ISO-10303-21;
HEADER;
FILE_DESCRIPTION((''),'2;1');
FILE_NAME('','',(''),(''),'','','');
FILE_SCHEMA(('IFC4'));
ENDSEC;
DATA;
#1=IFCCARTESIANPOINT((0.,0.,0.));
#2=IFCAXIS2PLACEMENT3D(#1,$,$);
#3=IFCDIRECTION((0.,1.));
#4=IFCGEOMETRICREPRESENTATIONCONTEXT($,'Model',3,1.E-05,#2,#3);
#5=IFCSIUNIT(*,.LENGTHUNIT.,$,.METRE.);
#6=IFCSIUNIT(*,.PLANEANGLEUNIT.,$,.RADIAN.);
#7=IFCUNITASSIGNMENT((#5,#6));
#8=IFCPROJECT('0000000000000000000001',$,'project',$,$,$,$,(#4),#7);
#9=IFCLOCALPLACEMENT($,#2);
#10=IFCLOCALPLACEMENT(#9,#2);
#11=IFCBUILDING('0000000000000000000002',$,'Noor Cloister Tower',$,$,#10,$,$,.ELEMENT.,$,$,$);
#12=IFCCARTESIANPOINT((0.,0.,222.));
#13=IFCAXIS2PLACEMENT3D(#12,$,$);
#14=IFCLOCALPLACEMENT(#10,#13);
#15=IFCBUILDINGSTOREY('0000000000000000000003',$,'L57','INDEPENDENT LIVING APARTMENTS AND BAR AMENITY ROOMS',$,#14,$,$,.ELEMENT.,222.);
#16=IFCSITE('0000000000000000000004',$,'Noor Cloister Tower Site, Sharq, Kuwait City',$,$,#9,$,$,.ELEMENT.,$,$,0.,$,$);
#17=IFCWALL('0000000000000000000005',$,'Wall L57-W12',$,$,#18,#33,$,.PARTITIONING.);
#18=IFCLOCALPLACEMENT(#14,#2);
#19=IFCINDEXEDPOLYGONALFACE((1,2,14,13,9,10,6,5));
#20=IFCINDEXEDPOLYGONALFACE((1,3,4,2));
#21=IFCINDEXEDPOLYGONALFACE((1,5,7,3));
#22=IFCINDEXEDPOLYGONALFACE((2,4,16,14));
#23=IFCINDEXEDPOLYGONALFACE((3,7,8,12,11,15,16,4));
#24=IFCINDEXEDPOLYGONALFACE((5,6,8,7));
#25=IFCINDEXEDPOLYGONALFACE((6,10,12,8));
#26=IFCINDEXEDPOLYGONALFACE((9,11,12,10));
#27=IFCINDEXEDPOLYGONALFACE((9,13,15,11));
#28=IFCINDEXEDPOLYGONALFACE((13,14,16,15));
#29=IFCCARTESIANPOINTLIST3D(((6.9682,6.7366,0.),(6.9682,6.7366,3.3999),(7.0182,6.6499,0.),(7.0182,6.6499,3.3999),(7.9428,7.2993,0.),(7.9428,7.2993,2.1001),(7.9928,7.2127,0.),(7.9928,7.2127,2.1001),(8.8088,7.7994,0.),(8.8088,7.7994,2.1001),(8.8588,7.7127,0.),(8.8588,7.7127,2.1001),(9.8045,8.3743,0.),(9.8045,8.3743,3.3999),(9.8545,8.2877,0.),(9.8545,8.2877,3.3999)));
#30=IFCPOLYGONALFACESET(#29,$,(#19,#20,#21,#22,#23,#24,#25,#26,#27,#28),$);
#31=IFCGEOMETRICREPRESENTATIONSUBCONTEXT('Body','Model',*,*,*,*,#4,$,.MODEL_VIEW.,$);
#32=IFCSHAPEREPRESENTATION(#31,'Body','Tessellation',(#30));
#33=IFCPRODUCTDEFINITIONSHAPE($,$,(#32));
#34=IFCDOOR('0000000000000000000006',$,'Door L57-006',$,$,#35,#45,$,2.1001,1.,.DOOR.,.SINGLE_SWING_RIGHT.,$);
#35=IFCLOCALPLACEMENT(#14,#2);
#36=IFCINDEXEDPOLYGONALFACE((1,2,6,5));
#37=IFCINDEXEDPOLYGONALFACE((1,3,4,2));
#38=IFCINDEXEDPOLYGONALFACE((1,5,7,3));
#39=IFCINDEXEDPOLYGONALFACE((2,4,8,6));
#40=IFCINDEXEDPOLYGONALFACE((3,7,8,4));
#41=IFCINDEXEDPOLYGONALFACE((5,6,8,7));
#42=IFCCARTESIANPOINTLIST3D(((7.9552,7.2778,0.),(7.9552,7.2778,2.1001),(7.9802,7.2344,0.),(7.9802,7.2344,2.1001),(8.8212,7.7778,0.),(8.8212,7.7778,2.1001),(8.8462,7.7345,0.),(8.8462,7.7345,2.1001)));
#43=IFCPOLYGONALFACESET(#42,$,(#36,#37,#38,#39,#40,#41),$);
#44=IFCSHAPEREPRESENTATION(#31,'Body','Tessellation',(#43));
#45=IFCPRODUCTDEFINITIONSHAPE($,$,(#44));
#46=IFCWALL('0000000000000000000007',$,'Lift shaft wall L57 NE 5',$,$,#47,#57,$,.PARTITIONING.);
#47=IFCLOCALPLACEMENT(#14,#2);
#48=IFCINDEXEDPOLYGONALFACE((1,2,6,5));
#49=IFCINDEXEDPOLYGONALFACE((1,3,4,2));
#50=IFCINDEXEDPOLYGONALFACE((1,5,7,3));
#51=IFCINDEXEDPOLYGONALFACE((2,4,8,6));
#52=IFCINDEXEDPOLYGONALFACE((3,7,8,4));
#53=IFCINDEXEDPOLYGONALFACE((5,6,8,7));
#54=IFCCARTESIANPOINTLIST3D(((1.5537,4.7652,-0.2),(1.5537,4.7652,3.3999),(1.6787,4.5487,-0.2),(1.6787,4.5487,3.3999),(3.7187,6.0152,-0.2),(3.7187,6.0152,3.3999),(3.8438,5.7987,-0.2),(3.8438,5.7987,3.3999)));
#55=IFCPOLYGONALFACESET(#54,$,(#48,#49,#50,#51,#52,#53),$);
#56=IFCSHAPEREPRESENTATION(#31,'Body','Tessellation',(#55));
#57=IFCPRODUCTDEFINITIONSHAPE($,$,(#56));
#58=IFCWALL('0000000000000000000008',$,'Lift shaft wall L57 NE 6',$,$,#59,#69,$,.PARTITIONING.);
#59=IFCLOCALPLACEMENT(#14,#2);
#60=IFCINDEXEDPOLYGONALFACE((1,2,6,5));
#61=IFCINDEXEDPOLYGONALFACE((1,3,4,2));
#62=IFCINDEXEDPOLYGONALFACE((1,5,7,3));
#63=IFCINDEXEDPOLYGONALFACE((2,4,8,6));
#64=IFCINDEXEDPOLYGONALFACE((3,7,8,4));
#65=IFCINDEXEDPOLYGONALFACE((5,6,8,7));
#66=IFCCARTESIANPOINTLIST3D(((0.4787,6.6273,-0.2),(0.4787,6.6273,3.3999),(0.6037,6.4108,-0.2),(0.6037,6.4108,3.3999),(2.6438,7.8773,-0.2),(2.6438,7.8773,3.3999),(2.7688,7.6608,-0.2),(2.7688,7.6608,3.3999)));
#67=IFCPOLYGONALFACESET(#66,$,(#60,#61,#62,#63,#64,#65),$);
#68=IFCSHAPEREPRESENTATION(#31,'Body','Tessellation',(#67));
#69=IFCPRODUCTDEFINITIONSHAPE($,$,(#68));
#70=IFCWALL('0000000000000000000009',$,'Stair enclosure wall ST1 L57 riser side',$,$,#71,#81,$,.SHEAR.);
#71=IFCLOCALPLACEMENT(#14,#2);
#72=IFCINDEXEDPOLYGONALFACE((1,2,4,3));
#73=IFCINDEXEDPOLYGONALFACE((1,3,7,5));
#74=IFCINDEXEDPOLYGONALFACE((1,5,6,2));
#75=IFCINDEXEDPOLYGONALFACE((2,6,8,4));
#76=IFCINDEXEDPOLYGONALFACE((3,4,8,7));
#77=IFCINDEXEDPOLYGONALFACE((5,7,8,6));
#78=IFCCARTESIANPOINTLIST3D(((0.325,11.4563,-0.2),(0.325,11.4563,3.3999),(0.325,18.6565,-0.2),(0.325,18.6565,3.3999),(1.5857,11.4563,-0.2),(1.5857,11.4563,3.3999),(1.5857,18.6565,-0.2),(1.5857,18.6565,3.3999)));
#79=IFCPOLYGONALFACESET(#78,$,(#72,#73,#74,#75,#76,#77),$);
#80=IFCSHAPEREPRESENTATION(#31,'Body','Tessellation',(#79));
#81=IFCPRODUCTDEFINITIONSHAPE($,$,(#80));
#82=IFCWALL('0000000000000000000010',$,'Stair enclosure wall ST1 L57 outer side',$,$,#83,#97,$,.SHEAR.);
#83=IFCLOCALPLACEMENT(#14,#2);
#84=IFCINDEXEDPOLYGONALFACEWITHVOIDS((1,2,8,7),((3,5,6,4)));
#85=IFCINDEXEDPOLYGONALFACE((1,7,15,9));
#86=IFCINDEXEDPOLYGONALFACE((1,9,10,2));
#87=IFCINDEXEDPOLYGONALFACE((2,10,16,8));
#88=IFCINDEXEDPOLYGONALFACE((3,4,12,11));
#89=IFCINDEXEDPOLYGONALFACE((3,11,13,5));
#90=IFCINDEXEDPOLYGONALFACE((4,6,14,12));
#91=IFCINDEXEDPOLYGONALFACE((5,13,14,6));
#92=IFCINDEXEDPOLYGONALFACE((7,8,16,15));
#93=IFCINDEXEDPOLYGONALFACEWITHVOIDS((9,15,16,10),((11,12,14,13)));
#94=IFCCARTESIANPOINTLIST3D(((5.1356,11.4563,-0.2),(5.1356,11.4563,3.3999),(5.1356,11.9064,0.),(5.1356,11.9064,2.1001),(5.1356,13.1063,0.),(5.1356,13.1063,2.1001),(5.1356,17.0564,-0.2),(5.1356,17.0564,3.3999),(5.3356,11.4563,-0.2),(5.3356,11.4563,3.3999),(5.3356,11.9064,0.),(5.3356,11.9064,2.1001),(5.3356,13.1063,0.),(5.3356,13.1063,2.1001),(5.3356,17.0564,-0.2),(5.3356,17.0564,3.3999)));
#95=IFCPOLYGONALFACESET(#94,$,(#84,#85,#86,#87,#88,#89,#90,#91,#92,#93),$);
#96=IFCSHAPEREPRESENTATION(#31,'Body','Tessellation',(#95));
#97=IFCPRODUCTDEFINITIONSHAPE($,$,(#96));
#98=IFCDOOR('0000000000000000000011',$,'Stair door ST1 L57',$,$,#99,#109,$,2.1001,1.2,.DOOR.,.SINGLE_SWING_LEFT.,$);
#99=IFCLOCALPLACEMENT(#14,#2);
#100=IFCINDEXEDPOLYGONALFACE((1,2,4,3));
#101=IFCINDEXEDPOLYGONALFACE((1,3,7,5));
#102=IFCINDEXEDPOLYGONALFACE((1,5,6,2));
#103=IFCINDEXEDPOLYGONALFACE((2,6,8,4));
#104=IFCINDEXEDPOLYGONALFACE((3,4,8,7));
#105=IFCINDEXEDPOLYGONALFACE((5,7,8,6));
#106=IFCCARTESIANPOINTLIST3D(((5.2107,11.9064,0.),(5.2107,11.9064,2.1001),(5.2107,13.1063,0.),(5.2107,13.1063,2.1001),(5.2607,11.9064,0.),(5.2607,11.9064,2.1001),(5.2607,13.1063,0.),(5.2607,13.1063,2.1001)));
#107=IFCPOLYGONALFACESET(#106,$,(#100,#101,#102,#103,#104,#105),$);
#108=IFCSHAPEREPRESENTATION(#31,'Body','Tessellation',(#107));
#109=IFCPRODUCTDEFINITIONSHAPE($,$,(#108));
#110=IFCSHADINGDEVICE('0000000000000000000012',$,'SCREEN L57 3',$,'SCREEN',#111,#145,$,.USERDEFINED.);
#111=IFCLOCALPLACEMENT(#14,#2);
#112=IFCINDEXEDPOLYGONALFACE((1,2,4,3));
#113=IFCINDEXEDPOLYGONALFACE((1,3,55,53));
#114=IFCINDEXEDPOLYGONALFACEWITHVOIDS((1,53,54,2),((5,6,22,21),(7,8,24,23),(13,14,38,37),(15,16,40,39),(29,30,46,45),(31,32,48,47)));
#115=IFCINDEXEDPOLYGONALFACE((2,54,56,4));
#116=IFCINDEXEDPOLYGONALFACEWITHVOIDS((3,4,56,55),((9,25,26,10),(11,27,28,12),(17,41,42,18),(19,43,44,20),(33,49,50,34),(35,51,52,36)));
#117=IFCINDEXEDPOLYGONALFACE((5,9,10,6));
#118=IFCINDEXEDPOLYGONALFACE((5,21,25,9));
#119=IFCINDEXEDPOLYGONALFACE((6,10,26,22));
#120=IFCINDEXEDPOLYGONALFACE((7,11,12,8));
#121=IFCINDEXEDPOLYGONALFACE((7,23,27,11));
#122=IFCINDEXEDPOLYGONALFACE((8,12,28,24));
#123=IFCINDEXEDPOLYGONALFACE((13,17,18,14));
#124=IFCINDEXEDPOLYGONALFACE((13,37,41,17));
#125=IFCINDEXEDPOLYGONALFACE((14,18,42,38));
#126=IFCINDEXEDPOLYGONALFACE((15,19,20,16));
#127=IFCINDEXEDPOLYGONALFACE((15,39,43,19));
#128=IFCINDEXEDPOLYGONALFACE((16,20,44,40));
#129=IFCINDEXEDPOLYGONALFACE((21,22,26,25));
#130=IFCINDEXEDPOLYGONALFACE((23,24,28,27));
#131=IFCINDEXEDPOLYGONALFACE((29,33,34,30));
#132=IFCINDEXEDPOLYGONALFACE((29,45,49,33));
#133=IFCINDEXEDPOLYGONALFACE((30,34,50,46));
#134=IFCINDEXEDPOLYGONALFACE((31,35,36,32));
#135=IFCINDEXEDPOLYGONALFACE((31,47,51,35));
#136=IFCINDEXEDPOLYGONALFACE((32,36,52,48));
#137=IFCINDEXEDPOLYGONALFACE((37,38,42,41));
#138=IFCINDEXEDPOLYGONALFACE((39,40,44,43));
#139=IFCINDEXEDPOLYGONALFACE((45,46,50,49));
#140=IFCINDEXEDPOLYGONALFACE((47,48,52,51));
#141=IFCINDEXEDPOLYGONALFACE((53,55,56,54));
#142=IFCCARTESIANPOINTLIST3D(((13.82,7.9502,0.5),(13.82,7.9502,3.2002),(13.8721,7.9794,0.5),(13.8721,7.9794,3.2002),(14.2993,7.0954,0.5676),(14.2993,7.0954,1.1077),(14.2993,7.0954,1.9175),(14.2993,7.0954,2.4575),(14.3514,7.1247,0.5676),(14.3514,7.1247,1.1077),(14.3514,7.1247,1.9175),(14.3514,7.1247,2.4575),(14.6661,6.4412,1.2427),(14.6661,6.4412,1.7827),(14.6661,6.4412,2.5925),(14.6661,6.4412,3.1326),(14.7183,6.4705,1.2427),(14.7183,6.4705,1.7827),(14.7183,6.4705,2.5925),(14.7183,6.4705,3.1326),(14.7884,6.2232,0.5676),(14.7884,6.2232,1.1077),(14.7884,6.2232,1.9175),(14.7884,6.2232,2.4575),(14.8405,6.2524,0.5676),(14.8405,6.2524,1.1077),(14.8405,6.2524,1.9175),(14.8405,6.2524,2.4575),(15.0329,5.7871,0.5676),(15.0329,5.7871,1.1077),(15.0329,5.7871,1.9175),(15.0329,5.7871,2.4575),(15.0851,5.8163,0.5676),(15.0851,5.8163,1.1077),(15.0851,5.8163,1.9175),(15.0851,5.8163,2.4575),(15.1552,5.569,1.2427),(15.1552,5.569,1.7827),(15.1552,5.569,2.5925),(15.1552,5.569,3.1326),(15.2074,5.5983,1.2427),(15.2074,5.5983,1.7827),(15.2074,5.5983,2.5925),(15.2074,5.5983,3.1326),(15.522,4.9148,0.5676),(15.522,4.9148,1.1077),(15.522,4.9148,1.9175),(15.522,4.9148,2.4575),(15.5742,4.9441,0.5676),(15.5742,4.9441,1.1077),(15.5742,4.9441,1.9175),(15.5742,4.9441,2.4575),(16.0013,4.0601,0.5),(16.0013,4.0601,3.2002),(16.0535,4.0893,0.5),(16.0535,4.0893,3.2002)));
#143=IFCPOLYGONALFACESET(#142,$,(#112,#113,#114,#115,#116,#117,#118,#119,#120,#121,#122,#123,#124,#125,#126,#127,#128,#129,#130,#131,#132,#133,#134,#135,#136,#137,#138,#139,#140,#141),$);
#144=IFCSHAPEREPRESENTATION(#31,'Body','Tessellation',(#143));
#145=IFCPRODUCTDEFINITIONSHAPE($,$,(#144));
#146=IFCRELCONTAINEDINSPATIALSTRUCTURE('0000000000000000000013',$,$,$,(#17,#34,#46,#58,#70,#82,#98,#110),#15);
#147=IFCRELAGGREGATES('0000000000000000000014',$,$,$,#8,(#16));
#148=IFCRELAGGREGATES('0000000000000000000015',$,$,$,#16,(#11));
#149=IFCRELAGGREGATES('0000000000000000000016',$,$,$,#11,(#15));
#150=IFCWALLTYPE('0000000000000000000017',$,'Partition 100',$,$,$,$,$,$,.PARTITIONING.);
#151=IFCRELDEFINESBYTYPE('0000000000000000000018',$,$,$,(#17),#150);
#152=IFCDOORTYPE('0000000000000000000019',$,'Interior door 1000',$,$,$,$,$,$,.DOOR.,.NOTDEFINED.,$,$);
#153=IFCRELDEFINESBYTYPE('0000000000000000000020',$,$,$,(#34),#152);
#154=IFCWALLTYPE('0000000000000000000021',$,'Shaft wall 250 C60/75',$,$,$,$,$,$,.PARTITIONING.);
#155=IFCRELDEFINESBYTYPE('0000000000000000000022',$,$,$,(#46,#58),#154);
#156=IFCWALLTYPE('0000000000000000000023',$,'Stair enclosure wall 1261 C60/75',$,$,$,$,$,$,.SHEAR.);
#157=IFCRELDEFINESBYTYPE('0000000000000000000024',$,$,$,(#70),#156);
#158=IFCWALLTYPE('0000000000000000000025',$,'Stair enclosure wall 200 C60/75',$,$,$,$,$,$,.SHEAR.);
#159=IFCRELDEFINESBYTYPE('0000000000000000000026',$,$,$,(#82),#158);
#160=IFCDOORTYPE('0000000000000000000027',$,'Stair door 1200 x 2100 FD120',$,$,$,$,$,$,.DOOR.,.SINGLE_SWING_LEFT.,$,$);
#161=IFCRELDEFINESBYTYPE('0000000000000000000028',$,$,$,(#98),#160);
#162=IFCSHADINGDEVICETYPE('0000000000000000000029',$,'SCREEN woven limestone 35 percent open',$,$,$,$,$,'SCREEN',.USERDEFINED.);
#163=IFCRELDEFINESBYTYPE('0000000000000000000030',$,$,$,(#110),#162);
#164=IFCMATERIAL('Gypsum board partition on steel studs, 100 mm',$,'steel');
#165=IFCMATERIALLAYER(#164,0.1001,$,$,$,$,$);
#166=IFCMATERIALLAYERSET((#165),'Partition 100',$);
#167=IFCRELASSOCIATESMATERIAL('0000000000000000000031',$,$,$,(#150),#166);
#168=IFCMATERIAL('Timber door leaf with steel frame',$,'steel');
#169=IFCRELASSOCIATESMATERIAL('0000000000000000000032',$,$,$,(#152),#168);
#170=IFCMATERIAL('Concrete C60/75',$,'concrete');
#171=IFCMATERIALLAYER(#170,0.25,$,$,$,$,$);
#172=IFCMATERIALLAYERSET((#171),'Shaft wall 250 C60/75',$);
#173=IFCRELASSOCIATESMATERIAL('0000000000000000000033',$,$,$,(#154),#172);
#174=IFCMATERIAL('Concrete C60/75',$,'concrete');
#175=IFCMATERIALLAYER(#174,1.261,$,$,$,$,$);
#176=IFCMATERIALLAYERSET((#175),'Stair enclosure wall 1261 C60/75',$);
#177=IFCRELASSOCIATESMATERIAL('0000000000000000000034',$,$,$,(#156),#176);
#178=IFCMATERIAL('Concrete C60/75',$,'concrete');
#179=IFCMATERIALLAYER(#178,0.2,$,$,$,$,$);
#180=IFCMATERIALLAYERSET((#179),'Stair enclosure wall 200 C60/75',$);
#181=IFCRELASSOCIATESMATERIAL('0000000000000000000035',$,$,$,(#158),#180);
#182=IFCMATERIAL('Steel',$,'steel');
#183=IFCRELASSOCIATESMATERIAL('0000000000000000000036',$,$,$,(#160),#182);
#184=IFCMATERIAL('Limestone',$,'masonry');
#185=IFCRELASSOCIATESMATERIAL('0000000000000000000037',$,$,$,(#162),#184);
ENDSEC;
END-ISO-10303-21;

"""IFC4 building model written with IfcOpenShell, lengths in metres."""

from ifc_helpers import new_model, si_unit, direction, frame, frame_2d, origin, place, context, subcontext, project, spatial, polyline, rectangle, outline, extrude, material, layer, layer_set, material_profile, profile_set, type_object, element, fill, save


model = new_model("IFC4")

# Units and contexts
model_context = context("Model", 3, precision=1e-05, world=origin(), true_north=direction((0.0, 1.0)))
body_context = subcontext(model_context, "Body", "Model", "MODEL_VIEW")
ifc_project = project(units=[si_unit("LENGTHUNIT", "METRE"), si_unit("PLANEANGLEUNIT", "RADIAN")], contexts=[model_context])

# Site, building, storey
site_placement = place(None, origin())
site = spatial("IfcSite", under=ifc_project, at=site_placement, Name="Noor Cloister Tower Site, Sharq, Kuwait City", CompositionType="ELEMENT", RefElevation=0.0)
building_placement = place(site_placement, origin())
building = spatial("IfcBuilding", under=site, at=building_placement, Name="Noor Cloister Tower", CompositionType="ELEMENT")
storey_placement = place(building_placement, frame((0.0, 0.0, 222.0)))
storey = spatial("IfcBuildingStorey", under=building, at=storey_placement, Name="L57", Description="INDEPENDENT LIVING APARTMENTS AND BAR AMENITY ROOMS", CompositionType="ELEMENT", Elevation=222.0)

# Shared definitions
ifc_material_1 = material(Name="Gypsum board partition on steel studs, 100 mm", Category="steel")
ifc_layer_1 = layer(ifc_material_1, 0.1001)
ifc_layer_set_1 = layer_set([ifc_layer_1], Name="Partition 100")
wall_type_1 = type_object("IfcWallType", Name="Partition 100", PredefinedType="PARTITIONING", material=ifc_layer_set_1)

# Wall, opening, door
wall_1_placement = place(storey_placement, frame((9.8296, 8.3311, 0.0), z_axis=(0.0, 0.0, 1.0), x_axis=(-0.865996, -0.500052, 0.0)))
wall_1 = element("IfcWall", 1, at=wall_1_placement, inside=storey, type_object=wall_type_1, Name="Wall L57-W12", PredefinedType="PARTITIONING", context=body_context, shape_type="SweptSolid", body=[
    extrude(rectangle(XDim=3.2751, YDim=0.1001, at=frame_2d((1.6377, 0.0))), origin(), (0.0, 0.0, 1.0), 3.3999),
])
opening_1_placement = place(wall_1_placement, frame((1.1499, 0.0, 0.0)))
opening_1 = element("IfcOpeningElement", 2, at=opening_1_placement, cuts=wall_1, PredefinedType="OPENING", context=body_context, shape_type="SweptSolid", body=[
    extrude(rectangle(XDim=1.0, YDim=2.1001, at=frame_2d((0.5, 1.05))), frame((0.0, 0.0601, 0.0), z_axis=(0.0, -1.0, 0.0), x_axis=(1.0, 0.0, 0.0)), (0.0, 0.0, 1.0), 0.1201),
])
ifc_material_2 = material(Name="Timber door leaf with steel frame", Category="steel")
door_type_1 = type_object("IfcDoorType", Name="Interior door 1000", OperationType="NOTDEFINED", PredefinedType="DOOR", material=ifc_material_2)
door_1_placement = place(opening_1_placement, origin())
door_1 = element("IfcDoor", 3, at=door_1_placement, inside=storey, type_object=door_type_1, Name="Door L57-006", OperationType="SINGLE_SWING_RIGHT", OverallHeight=2.1001, OverallWidth=1.0, PredefinedType="DOOR", context=body_context, shape_type="SweptSolid", body=[
    extrude(rectangle(XDim=1.0, YDim=2.1001, at=frame_2d((0.5, 1.05))), frame((0.0, 0.0249, 0.0), z_axis=(0.0, -1.0, 0.0), x_axis=(1.0, 0.0, 0.0)), (0.0, 0.0, 1.0), 0.05),
])
fill(opening_1, door_1)

# Walls
ifc_material_3 = material(Name="Concrete C60/75", Category="concrete")
ifc_layer_2 = layer(ifc_material_3, 0.25)
ifc_layer_set_2 = layer_set([ifc_layer_2], Name="Shaft wall 250 C60/75")
wall_type_2 = type_object("IfcWallType", Name="Shaft wall 250 C60/75", PredefinedType="PARTITIONING", material=ifc_layer_set_2)
for number, where, z_axis, x_axis, name in (
    (4, (3.7812, 5.907, -0.2), (0.0, 0.0, 1.0), (-0.866023, -0.500004, 0.0), "Lift shaft wall L57 NE 5"),
    (5, (2.7063, 7.769, -0.2), (0.0, 0.0, 1.0), (-0.866023, -0.500004, 0.0), "Lift shaft wall L57 NE 6"),
):
    element("IfcWall", number, at=place(storey_placement, frame(where, z_axis=z_axis, x_axis=x_axis)), inside=storey, type_object=wall_type_2, Name=name, PredefinedType="PARTITIONING", context=body_context, shape_type="SweptSolid", body=[
        extrude(rectangle(XDim=2.5, YDim=0.25, at=frame_2d((1.25, 0.0))), origin(), (0.0, 0.0, 1.0), 3.5999),
    ])
ifc_material_4 = material(Name="Concrete C60/75", Category="concrete")
ifc_layer_3 = layer(ifc_material_4, 1.261)
ifc_layer_set_3 = layer_set([ifc_layer_3], Name="Stair enclosure wall 1261 C60/75")
wall_type_3 = type_object("IfcWallType", Name="Stair enclosure wall 1261 C60/75", PredefinedType="SHEAR", material=ifc_layer_set_3)
wall_2_placement = place(storey_placement, frame((0.9553, 11.4563, -0.2), z_axis=(0.0, 0.0, 1.0), x_axis=(0.0, 1.0, 0.0)))
element("IfcWall", 6, at=wall_2_placement, inside=storey, type_object=wall_type_3, Name="Stair enclosure wall ST1 L57 riser side", PredefinedType="SHEAR", context=body_context, shape_type="SweptSolid", body=[
    extrude(rectangle(XDim=7.2002, YDim=1.2607, at=frame_2d((3.6001, 0.0))), origin(), (0.0, 0.0, 1.0), 3.5999),
])

# Wall, opening, door
ifc_material_5 = material(Name="Concrete C60/75", Category="concrete")
ifc_layer_4 = layer(ifc_material_5, 0.2)
ifc_layer_set_4 = layer_set([ifc_layer_4], Name="Stair enclosure wall 200 C60/75")
wall_type_4 = type_object("IfcWallType", Name="Stair enclosure wall 200 C60/75", PredefinedType="SHEAR", material=ifc_layer_set_4)
wall_3_placement = place(storey_placement, frame((5.2356, 11.4563, -0.2), z_axis=(0.0, 0.0, 1.0), x_axis=(0.0, 1.0, 0.0)))
wall_3 = element("IfcWall", 7, at=wall_3_placement, inside=storey, type_object=wall_type_4, Name="Stair enclosure wall ST1 L57 outer side", PredefinedType="SHEAR", context=body_context, shape_type="SweptSolid", body=[
    extrude(rectangle(XDim=5.6001, YDim=0.2, at=frame_2d((2.8, 0.0))), origin(), (0.0, 0.0, 1.0), 3.5999),
])
opening_2_placement = place(wall_3_placement, frame((0.45, 0.0, 0.2)))
opening_2 = element("IfcOpeningElement", 8, at=opening_2_placement, cuts=wall_3, PredefinedType="OPENING", context=body_context, shape_type="SweptSolid", body=[
    extrude(rectangle(XDim=1.2, YDim=2.1001, at=frame_2d((0.6001, 1.05))), frame((0.0, 0.1099, 0.0), z_axis=(0.0, -1.0, 0.0), x_axis=(1.0, 0.0, 0.0)), (0.0, 0.0, 1.0), 0.22),
])
ifc_material_6 = material(Name="Steel", Category="steel")
door_type_2 = type_object("IfcDoorType", Name="Stair door 1200 x 2100 FD120", OperationType="SINGLE_SWING_LEFT", PredefinedType="DOOR", material=ifc_material_6)
door_2_placement = place(opening_2_placement, origin())
door_2 = element("IfcDoor", 9, at=door_2_placement, inside=storey, type_object=door_type_2, Name="Stair door ST1 L57", OperationType="SINGLE_SWING_LEFT", OverallHeight=2.1001, OverallWidth=1.2, PredefinedType="DOOR", context=body_context, shape_type="SweptSolid", body=[
    extrude(rectangle(XDim=1.2, YDim=2.1001, at=frame_2d((0.6001, 1.05))), frame((0.0, 0.0249, 0.0), z_axis=(0.0, -1.0, 0.0), x_axis=(1.0, 0.0, 0.0)), (0.0, 0.0, 1.0), 0.05),
])
fill(opening_2, door_2)

# Shading device
ifc_material_7 = material(Name="Limestone", Category="masonry")
ifc_material_profile_1 = material_profile(ifc_material_7, outline(polyline([(-2.23, -1.3501), (2.23, -1.3501), (2.23, 1.3501), (-2.23, 1.3501), (-2.23, -1.3501)]), holes=[polyline([(-1.25, -1.2825), (-0.25, -1.2825), (-0.25, -0.7424), (-1.25, -0.7424), (-1.25, -1.2825)]), polyline([(0.25, -1.2825), (1.25, -1.2825), (1.25, -0.7424), (0.25, -0.7424), (0.25, -1.2825)]), polyline([(-0.5, -0.6074), (0.5, -0.6074), (0.5, -0.0674), (-0.5, -0.0674), (-0.5, -0.6074)]), polyline([(-1.25, 0.0674), (-0.25, 0.0674), (-0.25, 0.6074), (-1.25, 0.6074), (-1.25, 0.0674)]), polyline([(0.25, 0.0674), (1.25, 0.0674), (1.25, 0.6074), (0.25, 0.6074), (0.25, 0.0674)]), polyline([(-0.5, 0.7424), (0.5, 0.7424), (0.5, 1.2825), (-0.5, 1.2825), (-0.5, 0.7424)])]), Name="Woven screen 35 percent open")
ifc_profile_set_1 = profile_set([ifc_material_profile_1], Name="Limestone")
shading_device_type = type_object("IfcShadingDeviceType", Name="SCREEN woven limestone 35 percent open", ElementType="SCREEN", PredefinedType="USERDEFINED", material=ifc_profile_set_1)
shading_device_1_placement = place(storey_placement, frame((14.9106, 6.0051, 1.8501), z_axis=(0.872228, 0.4891, 0.0), x_axis=(-0.4891, 0.872228, 0.0)))
element("IfcShadingDevice", 10, at=shading_device_1_placement, inside=storey, type_object=shading_device_type, Name="SCREEN L57 3", ObjectType="SCREEN", PredefinedType="USERDEFINED", context=body_context, shape_type="SweptSolid", body=[
    extrude(outline(polyline([(-2.23, -1.3501), (2.23, -1.3501), (2.23, 1.3501), (-2.23, 1.3501), (-2.23, -1.3501)]), holes=[polyline([(-1.25, -1.2825), (-0.25, -1.2825), (-0.25, -0.7424), (-1.25, -0.7424), (-1.25, -1.2825)]), polyline([(0.25, -1.2825), (1.25, -1.2825), (1.25, -0.7424), (0.25, -0.7424), (0.25, -1.2825)]), polyline([(-0.5, -0.6074), (0.5, -0.6074), (0.5, -0.0674), (-0.5, -0.0674), (-0.5, -0.6074)]), polyline([(-1.25, 0.0674), (-0.25, 0.0674), (-0.25, 0.6074), (-1.25, 0.6074), (-1.25, 0.0674)]), polyline([(0.25, 0.0674), (1.25, 0.0674), (1.25, 0.6074), (0.25, 0.6074), (0.25, 0.0674)]), polyline([(-0.5, 0.7424), (0.5, 0.7424), (0.5, 1.2825), (-0.5, 1.2825), (-0.5, 0.7424)])]), origin(), (0.0, 0.0, 1.0), 0.0598),
])

save(model, "model.ifc")
